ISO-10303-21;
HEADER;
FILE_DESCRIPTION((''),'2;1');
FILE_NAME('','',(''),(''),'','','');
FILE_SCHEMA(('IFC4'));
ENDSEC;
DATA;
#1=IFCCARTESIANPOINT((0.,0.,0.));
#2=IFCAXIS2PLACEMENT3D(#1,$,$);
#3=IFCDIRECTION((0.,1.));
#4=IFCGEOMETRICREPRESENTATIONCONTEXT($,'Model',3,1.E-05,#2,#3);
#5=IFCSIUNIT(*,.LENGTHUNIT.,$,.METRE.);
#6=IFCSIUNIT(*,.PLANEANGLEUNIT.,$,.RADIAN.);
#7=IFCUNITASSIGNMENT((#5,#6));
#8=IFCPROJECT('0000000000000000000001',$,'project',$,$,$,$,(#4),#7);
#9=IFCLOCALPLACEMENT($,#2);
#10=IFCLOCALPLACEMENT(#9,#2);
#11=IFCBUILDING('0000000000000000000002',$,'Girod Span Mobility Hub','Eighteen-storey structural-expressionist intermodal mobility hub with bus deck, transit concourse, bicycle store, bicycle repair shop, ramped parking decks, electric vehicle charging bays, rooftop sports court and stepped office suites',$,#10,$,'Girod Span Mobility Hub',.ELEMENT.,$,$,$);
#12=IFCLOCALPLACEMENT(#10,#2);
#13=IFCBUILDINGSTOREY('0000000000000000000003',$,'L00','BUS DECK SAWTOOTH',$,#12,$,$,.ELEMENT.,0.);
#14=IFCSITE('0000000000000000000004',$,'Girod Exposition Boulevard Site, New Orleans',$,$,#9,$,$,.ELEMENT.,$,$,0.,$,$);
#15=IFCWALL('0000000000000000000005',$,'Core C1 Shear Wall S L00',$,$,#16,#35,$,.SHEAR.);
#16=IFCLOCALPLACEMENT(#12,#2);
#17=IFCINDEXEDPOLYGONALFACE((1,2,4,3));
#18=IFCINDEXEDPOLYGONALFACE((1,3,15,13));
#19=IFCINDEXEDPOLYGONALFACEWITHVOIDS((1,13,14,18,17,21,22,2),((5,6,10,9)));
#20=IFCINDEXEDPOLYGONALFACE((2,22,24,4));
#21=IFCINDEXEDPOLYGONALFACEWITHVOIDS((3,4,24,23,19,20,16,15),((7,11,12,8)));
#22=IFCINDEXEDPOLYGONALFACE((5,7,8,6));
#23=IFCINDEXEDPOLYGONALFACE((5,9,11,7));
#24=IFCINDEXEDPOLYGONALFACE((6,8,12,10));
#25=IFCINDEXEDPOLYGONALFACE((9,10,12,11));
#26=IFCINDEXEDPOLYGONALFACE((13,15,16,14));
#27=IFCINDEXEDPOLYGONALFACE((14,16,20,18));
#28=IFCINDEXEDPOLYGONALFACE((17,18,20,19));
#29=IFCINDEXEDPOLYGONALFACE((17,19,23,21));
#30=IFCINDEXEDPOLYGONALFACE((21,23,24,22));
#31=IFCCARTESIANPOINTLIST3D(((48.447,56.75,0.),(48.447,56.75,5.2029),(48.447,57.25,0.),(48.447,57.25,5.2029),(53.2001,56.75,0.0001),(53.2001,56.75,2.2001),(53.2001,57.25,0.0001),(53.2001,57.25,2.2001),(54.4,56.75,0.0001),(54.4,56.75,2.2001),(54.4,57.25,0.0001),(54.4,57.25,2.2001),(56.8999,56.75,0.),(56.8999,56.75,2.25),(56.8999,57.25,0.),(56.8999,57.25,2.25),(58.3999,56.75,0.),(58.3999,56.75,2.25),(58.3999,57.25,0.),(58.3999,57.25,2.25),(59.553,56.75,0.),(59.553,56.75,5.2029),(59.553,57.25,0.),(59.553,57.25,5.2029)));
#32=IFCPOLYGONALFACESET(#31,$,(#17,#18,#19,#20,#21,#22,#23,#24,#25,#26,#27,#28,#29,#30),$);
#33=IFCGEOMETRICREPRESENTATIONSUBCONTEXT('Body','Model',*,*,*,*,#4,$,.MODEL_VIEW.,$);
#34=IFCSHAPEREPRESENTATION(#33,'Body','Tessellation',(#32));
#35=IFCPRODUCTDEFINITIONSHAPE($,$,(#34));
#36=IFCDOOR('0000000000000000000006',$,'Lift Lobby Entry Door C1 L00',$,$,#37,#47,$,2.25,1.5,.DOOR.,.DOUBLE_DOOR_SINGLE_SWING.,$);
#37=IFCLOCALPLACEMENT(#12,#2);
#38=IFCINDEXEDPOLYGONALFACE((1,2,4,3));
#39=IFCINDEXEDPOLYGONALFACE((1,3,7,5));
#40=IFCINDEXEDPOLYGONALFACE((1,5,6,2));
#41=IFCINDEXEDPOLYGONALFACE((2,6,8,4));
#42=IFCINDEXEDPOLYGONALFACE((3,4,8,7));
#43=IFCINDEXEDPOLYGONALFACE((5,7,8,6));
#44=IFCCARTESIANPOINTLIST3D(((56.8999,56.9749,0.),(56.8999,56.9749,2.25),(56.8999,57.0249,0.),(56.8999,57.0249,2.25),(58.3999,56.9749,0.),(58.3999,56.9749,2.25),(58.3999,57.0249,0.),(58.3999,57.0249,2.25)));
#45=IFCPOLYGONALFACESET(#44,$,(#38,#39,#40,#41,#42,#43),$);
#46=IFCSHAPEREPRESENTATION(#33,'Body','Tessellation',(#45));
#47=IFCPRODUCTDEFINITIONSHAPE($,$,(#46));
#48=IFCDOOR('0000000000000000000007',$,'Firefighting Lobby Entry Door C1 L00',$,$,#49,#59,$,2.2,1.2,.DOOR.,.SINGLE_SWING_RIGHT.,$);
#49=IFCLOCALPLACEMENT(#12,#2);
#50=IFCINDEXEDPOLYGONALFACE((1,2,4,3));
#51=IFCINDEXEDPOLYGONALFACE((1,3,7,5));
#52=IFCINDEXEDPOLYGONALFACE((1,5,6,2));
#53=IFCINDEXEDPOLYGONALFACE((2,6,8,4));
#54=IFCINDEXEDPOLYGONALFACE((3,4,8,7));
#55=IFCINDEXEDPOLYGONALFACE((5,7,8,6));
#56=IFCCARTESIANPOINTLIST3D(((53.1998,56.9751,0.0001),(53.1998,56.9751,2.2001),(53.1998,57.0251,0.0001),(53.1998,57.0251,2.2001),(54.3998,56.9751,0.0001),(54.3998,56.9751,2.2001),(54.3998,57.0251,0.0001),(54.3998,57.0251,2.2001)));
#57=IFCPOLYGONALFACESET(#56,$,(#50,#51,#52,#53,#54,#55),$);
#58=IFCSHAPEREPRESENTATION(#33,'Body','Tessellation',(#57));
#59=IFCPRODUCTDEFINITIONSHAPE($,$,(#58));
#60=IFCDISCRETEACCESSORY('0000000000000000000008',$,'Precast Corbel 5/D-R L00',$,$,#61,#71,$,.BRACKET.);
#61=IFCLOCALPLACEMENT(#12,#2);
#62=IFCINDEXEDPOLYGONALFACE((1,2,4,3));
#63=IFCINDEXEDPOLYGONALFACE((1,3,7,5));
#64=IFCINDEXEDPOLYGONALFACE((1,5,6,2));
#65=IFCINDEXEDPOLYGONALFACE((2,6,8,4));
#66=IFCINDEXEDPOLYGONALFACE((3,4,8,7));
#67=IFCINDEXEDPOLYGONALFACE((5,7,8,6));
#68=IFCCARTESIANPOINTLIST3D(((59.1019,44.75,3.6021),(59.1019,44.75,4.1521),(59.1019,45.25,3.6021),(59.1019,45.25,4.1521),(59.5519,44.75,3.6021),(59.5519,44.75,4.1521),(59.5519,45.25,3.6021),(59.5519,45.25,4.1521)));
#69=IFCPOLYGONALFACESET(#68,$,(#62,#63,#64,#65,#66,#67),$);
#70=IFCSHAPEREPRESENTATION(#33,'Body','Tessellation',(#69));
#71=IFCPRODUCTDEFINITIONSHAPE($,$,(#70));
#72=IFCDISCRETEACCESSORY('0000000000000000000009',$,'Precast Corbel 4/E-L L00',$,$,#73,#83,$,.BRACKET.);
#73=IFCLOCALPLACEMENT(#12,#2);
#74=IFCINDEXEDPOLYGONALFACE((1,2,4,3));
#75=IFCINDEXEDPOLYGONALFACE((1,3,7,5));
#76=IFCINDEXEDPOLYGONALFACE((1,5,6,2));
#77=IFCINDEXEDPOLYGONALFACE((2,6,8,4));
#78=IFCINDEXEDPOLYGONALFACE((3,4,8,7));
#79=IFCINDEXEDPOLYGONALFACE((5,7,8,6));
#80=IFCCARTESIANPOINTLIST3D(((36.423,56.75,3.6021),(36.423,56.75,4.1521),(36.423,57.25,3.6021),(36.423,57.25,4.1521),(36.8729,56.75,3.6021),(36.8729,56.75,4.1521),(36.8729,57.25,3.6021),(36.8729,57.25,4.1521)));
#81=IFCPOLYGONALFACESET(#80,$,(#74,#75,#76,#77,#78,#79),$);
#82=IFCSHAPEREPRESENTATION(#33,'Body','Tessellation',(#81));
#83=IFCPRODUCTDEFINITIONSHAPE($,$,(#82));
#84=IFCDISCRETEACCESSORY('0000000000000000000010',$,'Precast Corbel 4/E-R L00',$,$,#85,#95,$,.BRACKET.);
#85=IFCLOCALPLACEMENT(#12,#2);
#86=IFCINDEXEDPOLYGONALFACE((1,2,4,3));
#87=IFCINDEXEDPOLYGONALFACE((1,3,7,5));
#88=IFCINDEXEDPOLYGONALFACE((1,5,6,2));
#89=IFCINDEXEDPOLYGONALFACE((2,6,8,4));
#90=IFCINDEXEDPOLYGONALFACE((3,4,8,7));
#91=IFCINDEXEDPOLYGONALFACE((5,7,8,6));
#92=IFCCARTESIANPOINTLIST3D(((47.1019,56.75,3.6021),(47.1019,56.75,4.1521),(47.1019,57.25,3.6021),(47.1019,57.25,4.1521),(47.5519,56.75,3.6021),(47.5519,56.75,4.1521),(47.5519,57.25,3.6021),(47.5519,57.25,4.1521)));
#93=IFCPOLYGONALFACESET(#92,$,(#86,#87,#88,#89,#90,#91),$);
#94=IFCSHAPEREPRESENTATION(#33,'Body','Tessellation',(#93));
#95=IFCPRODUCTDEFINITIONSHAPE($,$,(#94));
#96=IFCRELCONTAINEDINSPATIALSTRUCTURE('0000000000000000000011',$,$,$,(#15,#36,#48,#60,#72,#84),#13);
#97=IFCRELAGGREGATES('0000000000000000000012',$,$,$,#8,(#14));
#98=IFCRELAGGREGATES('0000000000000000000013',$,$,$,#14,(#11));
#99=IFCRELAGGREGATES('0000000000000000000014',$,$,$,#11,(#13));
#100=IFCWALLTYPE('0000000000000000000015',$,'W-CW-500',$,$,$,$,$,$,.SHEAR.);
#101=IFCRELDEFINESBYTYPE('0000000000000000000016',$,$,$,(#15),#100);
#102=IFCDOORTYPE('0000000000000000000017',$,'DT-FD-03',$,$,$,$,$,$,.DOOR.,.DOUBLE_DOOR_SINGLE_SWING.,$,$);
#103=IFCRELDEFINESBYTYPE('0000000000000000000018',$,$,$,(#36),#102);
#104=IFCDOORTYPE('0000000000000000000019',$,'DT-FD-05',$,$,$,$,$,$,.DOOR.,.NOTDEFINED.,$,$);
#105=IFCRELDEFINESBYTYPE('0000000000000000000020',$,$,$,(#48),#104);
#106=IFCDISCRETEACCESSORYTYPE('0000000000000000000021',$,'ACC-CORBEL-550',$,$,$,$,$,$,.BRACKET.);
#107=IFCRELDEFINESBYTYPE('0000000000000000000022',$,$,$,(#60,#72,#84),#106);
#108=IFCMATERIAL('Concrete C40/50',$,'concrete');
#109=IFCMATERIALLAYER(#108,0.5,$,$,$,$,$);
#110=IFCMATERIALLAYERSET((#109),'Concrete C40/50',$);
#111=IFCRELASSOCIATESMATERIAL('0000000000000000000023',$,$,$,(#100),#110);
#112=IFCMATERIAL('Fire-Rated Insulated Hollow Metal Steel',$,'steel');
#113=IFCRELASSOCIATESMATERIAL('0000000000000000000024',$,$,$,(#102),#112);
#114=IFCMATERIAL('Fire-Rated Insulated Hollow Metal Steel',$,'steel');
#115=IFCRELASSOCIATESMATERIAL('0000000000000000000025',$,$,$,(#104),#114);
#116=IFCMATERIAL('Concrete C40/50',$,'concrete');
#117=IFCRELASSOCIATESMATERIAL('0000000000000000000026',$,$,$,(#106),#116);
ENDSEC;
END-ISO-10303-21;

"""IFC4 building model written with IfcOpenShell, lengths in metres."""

from ifc_helpers import new_model, si_unit, direction, frame, frame_2d, origin, origin_2d, place, context, subcontext, project, spatial, rectangle, extrude, material, layer, layer_set, type_object, element, fill, save


model = new_model("IFC4")

# Units and contexts
model_context = context("Model", 3, precision=1e-05, world=origin(), true_north=direction((0.0, 1.0)))
body_context = subcontext(model_context, "Body", "Model", "MODEL_VIEW")
ifc_project = project(units=[si_unit("LENGTHUNIT", "METRE"), si_unit("PLANEANGLEUNIT", "RADIAN")], contexts=[model_context])

# Site, building, storey
site_placement = place(None, origin())
site = spatial("IfcSite", under=ifc_project, at=site_placement, Name="Girod Exposition Boulevard Site, New Orleans", CompositionType="ELEMENT", RefElevation=0.0)
building_placement = place(site_placement, origin())
building = spatial("IfcBuilding", under=site, at=building_placement, Name="Girod Span Mobility Hub", Description="Eighteen-storey structural-expressionist intermodal mobility hub with bus deck, transit concourse, bicycle store, bicycle repair shop, ramped parking decks, electric vehicle charging bays, rooftop sports court and stepped office suites", LongName="Girod Span Mobility Hub", CompositionType="ELEMENT")
storey_placement = place(building_placement, origin())
storey = spatial("IfcBuildingStorey", under=building, at=storey_placement, Name="L00", Description="BUS DECK SAWTOOTH", CompositionType="ELEMENT", Elevation=0.0)

# Wall, openings, doors
ifc_material_1 = material(Name="Concrete C40/50", Category="concrete")
ifc_layer_1 = layer(ifc_material_1, 0.5)
ifc_layer_set_1 = layer_set([ifc_layer_1], Name="Concrete C40/50")
wall_type = type_object("IfcWallType", Name="W-CW-500", PredefinedType="SHEAR", material=ifc_layer_set_1)
wall_placement = place(storey_placement, frame((48.447, 57.0, 0.0), z_axis=(0.0, 0.0, 1.0), x_axis=(1.0, 0.0, 0.0)))
wall = element("IfcWall", 1, at=wall_placement, inside=storey, type_object=wall_type, Name="Core C1 Shear Wall S L00", PredefinedType="SHEAR", context=body_context, shape_type="SweptSolid", body=[
    extrude(rectangle(XDim=11.106, YDim=0.5, at=frame_2d((5.553, 0.0))), origin(), (0.0, 0.0, 1.0), 5.2029),
])
opening_1_placement = place(wall_placement, frame((4.7529, 0.0, 0.0)))
opening_1 = element("IfcOpeningElement", 2, at=opening_1_placement, cuts=wall, PredefinedType="OPENING", context=body_context, shape_type="SweptSolid", body=[
    extrude(rectangle(XDim=1.2, YDim=2.2, at=frame_2d((0.6001, 1.1001))), frame((0.0, 0.2649, 0.0), z_axis=(0.0, -1.0, 0.0), x_axis=(1.0, 0.0, 0.0)), (0.0, 0.0, 1.0), 0.53),
])
opening_2_placement = place(wall_placement, frame((8.4529, 0.0, 0.0)))
opening_2 = element("IfcOpeningElement", 3, at=opening_2_placement, cuts=wall, PredefinedType="OPENING", context=body_context, shape_type="SweptSolid", body=[
    extrude(rectangle(XDim=1.5, YDim=2.25, at=frame_2d((0.75, 1.125))), frame((0.0, 0.2649, 0.0), z_axis=(0.0, -1.0, 0.0), x_axis=(1.0, 0.0, 0.0)), (0.0, 0.0, 1.0), 0.53),
])
ifc_material_2 = material(Name="Fire-Rated Insulated Hollow Metal Steel", Category="steel")
door_type_1 = type_object("IfcDoorType", Name="DT-FD-03", OperationType="DOUBLE_DOOR_SINGLE_SWING", PredefinedType="DOOR", material=ifc_material_2)
door_1_placement = place(opening_2_placement, origin())
door_1 = element("IfcDoor", 4, at=door_1_placement, inside=storey, type_object=door_type_1, Name="Lift Lobby Entry Door C1 L00", OperationType="DOUBLE_DOOR_SINGLE_SWING", OverallHeight=2.25, OverallWidth=1.5, PredefinedType="DOOR", context=body_context, shape_type="SweptSolid", body=[
    extrude(rectangle(XDim=1.5, YDim=2.25, at=frame_2d((0.75, 1.125))), frame((0.0, 0.0249, 0.0), z_axis=(0.0, -1.0, 0.0), x_axis=(1.0, 0.0, 0.0)), (0.0, 0.0, 1.0), 0.05),
])
fill(opening_2, door_1)
ifc_material_3 = material(Name="Fire-Rated Insulated Hollow Metal Steel", Category="steel")
door_type_2 = type_object("IfcDoorType", Name="DT-FD-05", OperationType="NOTDEFINED", PredefinedType="DOOR", material=ifc_material_3)
door_2_placement = place(opening_1_placement, frame((1.2, 0.0, 0.0), z_axis=(0.0, 0.0, 1.0), x_axis=(-1.0, 0.0, 0.0)))
door_2 = element("IfcDoor", 5, at=door_2_placement, inside=storey, type_object=door_type_2, Name="Firefighting Lobby Entry Door C1 L00", OperationType="SINGLE_SWING_RIGHT", OverallHeight=2.2, OverallWidth=1.2, PredefinedType="DOOR", context=body_context, shape_type="SweptSolid", body=[
    extrude(rectangle(XDim=1.2, YDim=2.2, at=frame_2d((0.6001, 1.1001))), frame((0.0, 0.0249, 0.0), z_axis=(0.0, -1.0, 0.0), x_axis=(1.0, 0.0, 0.0)), (0.0, 0.0, 1.0), 0.05),
])
fill(opening_1, door_2)

# Discrete accessories
ifc_material_4 = material(Name="Concrete C40/50", Category="concrete")
discrete_accessory_type = type_object("IfcDiscreteAccessoryType", Name="ACC-CORBEL-550", PredefinedType="BRACKET", material=ifc_material_4)
for number, where, z_axis, x_axis, name in (
    (6, (59.3269, 45.0, 3.6021), (0.0, 0.0, 1.0), (1.0, 0.0, 0.0), "Precast Corbel 5/D-R L00"),
    (7, (36.6479, 57.0, 3.6021), (0.0, 0.0, 1.0), (1.0, 0.0, 0.0), "Precast Corbel 4/E-L L00"),
    (8, (47.3269, 57.0, 3.6021), (0.0, 0.0, 1.0), (1.0, 0.0, 0.0), "Precast Corbel 4/E-R L00"),
):
    element("IfcDiscreteAccessory", number, at=place(storey_placement, frame(where, z_axis=z_axis, x_axis=x_axis)), inside=storey, type_object=discrete_accessory_type, Name=name, PredefinedType="BRACKET", context=body_context, shape_type="SweptSolid", body=[
        extrude(rectangle(XDim=0.45, YDim=0.5, at=origin_2d()), origin(), (0.0, 0.0, 1.0), 0.55),
    ])

save(model, "model.ifc")
